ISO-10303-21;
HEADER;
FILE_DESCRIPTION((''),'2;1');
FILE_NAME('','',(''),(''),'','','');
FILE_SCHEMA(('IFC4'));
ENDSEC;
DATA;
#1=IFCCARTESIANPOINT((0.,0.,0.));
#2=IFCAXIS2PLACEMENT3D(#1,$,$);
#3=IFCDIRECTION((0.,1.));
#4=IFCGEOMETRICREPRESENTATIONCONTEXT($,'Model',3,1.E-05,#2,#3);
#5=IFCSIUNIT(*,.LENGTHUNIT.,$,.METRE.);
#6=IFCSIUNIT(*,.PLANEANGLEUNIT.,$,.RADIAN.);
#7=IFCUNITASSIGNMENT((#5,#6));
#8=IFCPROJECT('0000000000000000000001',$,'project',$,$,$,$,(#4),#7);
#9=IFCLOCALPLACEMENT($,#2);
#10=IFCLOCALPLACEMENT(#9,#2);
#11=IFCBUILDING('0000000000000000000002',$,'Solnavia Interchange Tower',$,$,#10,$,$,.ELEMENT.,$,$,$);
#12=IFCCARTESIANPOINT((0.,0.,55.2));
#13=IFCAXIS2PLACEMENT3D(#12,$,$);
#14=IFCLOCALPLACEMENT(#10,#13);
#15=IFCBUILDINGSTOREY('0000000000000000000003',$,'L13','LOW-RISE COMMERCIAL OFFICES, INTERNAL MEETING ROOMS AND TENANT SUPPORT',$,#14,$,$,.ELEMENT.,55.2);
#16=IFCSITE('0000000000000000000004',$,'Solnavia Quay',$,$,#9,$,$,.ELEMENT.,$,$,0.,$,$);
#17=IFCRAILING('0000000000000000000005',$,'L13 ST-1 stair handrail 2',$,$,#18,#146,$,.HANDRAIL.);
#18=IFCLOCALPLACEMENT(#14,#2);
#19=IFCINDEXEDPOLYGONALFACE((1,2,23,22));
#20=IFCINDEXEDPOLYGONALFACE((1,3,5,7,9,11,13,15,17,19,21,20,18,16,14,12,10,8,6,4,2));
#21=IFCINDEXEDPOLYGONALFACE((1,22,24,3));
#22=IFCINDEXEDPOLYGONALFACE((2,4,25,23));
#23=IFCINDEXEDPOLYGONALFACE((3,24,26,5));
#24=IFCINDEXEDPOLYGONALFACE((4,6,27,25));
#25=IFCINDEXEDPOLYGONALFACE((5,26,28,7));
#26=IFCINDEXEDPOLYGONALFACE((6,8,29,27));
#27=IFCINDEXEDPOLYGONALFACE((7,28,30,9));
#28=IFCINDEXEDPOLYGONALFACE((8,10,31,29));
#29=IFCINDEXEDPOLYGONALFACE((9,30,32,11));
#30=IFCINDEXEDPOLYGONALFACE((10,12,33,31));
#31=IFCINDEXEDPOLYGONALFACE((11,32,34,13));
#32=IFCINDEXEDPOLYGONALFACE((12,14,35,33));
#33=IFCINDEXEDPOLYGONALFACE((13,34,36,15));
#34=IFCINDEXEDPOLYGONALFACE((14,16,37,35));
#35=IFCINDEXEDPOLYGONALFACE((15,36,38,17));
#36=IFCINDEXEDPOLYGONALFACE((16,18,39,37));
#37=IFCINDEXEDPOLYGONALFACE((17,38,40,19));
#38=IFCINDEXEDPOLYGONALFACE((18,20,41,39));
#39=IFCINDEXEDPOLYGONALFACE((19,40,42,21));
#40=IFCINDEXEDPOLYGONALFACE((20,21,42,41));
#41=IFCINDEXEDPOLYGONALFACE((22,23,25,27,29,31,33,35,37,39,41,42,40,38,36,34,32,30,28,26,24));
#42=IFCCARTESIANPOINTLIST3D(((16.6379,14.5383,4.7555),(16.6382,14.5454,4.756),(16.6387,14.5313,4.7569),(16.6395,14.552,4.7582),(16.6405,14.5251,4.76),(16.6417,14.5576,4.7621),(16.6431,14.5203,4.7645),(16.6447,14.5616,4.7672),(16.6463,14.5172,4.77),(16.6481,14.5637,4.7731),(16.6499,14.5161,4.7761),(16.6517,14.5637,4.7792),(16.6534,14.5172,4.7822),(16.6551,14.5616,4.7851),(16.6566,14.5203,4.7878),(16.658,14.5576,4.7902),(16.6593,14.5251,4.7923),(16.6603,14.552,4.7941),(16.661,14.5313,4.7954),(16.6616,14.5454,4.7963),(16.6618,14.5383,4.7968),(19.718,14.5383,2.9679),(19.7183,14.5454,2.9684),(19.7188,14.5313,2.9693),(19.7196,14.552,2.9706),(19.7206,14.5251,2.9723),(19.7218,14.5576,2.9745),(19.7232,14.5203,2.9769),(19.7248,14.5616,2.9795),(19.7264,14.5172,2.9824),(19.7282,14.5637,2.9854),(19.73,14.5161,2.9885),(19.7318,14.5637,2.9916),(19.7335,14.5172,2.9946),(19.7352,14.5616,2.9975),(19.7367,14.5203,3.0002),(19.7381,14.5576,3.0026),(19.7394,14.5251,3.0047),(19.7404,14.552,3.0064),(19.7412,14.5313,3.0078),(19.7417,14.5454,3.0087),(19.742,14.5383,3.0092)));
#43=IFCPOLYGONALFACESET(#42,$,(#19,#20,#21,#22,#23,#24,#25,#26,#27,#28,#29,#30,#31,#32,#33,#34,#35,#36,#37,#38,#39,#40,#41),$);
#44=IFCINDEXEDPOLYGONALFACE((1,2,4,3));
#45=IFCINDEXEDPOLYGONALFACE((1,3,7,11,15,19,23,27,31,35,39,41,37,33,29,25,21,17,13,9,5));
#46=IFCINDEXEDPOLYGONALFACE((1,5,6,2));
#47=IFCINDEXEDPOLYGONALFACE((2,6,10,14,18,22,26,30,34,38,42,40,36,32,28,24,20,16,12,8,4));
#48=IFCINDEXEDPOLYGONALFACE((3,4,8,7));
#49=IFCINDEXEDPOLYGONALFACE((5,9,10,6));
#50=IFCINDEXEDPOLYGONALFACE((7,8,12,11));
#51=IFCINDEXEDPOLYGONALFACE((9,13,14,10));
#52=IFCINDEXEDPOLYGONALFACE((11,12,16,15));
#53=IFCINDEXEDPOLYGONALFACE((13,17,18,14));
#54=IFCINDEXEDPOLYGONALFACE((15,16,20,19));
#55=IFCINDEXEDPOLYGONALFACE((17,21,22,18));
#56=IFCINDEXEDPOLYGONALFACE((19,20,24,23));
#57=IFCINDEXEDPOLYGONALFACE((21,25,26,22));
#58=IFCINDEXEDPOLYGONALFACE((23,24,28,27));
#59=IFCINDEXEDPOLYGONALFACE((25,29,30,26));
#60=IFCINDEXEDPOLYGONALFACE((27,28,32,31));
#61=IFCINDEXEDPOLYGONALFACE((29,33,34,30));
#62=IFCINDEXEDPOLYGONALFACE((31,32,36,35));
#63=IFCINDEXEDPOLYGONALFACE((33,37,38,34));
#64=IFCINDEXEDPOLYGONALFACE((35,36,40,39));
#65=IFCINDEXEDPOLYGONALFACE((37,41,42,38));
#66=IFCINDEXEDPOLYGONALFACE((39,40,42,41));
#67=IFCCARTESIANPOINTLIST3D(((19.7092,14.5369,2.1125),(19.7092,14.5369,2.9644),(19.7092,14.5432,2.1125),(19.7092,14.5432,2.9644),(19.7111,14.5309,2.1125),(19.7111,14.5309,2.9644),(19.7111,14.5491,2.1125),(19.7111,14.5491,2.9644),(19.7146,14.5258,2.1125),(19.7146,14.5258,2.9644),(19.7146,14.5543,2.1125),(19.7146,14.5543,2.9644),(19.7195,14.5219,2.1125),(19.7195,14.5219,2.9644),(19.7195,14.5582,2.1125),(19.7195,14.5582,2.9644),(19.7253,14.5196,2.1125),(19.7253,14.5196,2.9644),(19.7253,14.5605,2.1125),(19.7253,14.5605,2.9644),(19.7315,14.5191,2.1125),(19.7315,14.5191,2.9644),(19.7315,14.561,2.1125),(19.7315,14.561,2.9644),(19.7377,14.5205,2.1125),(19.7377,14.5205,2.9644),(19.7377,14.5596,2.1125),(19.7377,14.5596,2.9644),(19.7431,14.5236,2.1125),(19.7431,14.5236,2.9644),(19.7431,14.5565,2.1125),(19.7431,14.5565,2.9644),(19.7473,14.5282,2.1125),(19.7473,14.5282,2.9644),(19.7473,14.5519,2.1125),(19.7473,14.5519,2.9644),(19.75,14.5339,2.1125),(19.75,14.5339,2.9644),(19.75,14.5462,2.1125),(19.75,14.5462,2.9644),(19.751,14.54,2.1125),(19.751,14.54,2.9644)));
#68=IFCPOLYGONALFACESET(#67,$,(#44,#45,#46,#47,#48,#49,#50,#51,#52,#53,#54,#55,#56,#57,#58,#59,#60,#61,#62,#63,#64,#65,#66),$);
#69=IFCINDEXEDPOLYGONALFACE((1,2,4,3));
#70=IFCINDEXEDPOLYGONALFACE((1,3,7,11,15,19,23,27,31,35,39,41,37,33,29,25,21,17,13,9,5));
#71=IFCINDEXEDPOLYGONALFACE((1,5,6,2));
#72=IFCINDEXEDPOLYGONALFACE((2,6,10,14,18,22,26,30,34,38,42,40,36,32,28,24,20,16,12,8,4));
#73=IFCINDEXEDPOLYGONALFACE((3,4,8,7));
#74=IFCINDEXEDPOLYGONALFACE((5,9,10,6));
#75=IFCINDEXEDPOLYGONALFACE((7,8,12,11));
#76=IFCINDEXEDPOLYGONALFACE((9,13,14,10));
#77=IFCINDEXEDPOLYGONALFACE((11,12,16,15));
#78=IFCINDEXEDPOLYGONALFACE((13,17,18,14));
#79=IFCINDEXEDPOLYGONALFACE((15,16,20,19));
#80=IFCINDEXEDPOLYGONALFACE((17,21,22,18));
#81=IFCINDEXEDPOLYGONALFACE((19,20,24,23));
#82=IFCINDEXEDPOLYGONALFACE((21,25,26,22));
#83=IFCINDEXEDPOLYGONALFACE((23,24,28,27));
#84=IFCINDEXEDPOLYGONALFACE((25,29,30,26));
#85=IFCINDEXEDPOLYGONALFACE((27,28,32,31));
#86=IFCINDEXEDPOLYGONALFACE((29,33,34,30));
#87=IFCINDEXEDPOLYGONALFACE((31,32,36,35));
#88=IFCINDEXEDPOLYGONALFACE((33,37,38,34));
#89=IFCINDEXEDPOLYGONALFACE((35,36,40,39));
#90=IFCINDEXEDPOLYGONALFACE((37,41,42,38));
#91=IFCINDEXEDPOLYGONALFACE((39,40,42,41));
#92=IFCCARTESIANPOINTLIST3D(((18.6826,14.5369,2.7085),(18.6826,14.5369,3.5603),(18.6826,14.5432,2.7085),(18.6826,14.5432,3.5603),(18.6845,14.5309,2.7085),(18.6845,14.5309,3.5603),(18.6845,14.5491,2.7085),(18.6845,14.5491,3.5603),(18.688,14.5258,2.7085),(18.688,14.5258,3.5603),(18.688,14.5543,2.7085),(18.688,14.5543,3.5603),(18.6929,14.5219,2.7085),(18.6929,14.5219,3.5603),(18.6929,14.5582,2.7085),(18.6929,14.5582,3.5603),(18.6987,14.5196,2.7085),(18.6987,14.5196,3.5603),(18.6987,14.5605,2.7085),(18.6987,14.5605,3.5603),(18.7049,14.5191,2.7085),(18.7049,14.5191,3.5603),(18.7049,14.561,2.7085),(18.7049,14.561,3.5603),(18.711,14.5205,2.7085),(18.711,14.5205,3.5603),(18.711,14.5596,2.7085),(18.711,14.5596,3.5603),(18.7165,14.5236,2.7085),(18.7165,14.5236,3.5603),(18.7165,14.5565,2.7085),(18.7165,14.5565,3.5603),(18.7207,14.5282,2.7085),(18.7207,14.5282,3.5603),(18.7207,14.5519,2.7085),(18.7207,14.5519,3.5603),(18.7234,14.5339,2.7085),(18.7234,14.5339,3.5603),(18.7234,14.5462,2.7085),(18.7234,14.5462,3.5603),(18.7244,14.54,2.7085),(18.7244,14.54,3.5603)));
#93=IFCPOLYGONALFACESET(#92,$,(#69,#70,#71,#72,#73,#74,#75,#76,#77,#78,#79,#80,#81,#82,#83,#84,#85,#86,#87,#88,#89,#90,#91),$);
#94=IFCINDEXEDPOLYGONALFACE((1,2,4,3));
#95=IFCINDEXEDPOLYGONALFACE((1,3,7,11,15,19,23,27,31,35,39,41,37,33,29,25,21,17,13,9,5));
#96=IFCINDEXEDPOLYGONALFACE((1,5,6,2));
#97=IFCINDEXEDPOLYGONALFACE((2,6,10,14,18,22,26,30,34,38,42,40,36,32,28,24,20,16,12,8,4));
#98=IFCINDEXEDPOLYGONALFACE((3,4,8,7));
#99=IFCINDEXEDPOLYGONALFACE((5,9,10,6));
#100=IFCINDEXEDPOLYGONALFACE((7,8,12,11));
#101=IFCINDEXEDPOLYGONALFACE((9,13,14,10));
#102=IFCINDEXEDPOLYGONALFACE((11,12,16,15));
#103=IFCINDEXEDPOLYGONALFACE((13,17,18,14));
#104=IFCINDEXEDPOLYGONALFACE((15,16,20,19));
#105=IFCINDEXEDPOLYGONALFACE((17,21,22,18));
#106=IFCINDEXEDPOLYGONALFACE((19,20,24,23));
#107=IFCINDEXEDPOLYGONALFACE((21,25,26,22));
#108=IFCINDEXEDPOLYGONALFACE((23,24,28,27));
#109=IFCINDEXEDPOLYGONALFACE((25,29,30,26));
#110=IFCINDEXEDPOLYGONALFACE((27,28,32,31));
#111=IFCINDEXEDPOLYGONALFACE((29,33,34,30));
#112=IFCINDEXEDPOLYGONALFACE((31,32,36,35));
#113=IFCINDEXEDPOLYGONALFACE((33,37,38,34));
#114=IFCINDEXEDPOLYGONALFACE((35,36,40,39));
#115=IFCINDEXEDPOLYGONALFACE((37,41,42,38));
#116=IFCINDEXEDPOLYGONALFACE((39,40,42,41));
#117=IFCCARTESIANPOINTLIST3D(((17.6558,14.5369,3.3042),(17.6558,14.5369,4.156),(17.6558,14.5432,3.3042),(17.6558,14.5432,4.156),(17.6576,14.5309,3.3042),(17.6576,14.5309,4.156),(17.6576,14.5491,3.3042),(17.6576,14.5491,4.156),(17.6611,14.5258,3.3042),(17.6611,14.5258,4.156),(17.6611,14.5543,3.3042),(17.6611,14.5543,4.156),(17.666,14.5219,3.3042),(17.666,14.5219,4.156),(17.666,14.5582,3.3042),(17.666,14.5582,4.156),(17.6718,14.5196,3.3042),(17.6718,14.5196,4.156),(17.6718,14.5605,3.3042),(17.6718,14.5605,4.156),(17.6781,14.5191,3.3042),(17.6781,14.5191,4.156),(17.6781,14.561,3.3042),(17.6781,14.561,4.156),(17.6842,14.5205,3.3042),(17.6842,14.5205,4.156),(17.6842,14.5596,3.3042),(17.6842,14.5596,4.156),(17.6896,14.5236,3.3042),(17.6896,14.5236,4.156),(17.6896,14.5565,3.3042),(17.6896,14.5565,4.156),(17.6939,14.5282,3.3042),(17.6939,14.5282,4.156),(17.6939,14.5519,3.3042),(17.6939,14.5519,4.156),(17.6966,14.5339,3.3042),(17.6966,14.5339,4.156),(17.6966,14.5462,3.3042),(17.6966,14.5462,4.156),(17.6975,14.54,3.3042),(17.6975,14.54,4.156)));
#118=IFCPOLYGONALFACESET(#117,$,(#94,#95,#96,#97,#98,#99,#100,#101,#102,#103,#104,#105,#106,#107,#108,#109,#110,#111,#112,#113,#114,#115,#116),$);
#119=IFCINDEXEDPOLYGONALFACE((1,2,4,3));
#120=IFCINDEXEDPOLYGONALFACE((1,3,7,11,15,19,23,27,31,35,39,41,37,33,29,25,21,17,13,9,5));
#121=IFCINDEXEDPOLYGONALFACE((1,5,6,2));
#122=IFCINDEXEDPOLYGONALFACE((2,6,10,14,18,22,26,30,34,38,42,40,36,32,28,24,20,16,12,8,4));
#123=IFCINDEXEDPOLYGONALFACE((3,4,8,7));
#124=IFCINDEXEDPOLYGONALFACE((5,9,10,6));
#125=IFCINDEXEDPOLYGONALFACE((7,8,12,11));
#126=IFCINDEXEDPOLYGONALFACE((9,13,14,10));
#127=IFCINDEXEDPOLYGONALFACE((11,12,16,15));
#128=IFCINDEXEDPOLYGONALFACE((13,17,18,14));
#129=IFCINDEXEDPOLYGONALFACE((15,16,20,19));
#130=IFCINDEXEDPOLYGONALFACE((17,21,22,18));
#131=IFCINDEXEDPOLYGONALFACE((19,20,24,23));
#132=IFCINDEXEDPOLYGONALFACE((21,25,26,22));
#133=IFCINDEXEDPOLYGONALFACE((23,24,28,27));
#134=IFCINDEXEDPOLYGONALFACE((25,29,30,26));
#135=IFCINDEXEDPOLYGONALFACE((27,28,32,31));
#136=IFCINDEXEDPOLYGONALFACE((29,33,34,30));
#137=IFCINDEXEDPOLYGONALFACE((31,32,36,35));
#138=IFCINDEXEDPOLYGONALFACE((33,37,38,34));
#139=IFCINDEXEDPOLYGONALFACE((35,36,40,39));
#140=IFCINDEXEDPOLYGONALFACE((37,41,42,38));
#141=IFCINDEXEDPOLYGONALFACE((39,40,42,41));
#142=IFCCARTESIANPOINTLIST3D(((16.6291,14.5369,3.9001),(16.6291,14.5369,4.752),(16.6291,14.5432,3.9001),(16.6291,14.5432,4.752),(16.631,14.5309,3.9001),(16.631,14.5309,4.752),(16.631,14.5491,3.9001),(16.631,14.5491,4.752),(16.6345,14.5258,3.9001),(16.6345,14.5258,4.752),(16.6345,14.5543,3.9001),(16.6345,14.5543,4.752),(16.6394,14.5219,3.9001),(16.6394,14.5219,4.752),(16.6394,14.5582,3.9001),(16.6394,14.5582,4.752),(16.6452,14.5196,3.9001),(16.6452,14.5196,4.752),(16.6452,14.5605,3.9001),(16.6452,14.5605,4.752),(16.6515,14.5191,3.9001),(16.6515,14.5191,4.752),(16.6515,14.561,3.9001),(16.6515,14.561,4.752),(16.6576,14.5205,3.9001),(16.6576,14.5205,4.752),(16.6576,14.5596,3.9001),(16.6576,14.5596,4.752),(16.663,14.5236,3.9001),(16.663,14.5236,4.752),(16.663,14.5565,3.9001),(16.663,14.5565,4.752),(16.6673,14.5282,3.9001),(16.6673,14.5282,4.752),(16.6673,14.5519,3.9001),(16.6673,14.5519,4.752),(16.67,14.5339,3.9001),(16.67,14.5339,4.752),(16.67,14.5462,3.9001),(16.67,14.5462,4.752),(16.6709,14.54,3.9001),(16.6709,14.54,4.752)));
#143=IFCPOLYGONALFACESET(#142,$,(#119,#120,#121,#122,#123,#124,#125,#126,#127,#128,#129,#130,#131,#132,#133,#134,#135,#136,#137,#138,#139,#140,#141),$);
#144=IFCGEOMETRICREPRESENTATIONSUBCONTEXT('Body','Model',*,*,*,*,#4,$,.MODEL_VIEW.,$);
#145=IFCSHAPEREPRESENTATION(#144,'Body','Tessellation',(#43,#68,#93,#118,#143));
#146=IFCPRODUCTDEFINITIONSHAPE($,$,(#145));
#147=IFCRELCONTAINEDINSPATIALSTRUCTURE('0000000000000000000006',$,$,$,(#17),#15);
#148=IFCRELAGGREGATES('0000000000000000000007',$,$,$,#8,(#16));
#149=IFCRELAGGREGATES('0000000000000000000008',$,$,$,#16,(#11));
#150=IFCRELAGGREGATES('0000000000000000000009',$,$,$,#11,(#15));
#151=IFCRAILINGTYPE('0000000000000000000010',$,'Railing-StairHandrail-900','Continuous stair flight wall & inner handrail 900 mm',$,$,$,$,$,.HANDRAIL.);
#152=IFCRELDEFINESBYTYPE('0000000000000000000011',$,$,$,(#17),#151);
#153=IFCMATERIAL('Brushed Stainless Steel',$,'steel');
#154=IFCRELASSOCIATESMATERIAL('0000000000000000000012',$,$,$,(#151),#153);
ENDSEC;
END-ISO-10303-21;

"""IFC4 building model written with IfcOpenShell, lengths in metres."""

from ifc_helpers import new_model, si_unit, direction, frame, origin, origin_2d, place, context, subcontext, project, spatial, circle, extrude, material, type_object, element, save


model = new_model("IFC4")

# Units and contexts
model_context = context("Model", 3, precision=1e-05, world=origin(), true_north=direction((0.0, 1.0)))
body_context = subcontext(model_context, "Body", "Model", "MODEL_VIEW")
ifc_project = project(units=[si_unit("LENGTHUNIT", "METRE"), si_unit("PLANEANGLEUNIT", "RADIAN")], contexts=[model_context])

# Site, building, storey
site_placement = place(None, origin())
site = spatial("IfcSite", under=ifc_project, at=site_placement, Name="Solnavia Quay", CompositionType="ELEMENT", RefElevation=0.0)
building_placement = place(site_placement, origin())
building = spatial("IfcBuilding", under=site, at=building_placement, Name="Solnavia Interchange Tower", CompositionType="ELEMENT")
storey_placement = place(building_placement, frame((0.0, 0.0, 55.2)))
storey = spatial("IfcBuildingStorey", under=building, at=storey_placement, Name="L13", Description="LOW-RISE COMMERCIAL OFFICES, INTERNAL MEETING ROOMS AND TENANT SUPPORT", CompositionType="ELEMENT", Elevation=55.2)

# Railing
ifc_material_1 = material(Name="Brushed Stainless Steel", Category="steel")
railing_type_1 = type_object("IfcRailingType", Name="Railing-StairHandrail-900", Description="Continuous stair flight wall & inner handrail 900 mm", PredefinedType="HANDRAIL", material=ifc_material_1)
railing_1_placement = place(storey_placement, frame((19.73, 14.54, 2.1125)))
element("IfcRailing", 1, at=railing_1_placement, inside=storey, type_object=railing_type_1, Name="L13 ST-1 stair handrail 2", PredefinedType="HANDRAIL", context=body_context, shape_type="SweptSolid", body=[
    extrude(circle(Radius=0.0239, at=origin_2d()), frame((0.0, 0.0, 0.876), z_axis=(-0.864891, 0.0, 0.50196), x_axis=(0.0, -1.0, 0.0)), (0.0, 0.0, 1.0), 3.5613),
    extrude(circle(Radius=0.021, at=origin_2d()), origin(), (0.0, 0.0, 1.0), 0.8518),
    extrude(circle(Radius=0.021, at=origin_2d()), frame((-1.0266, 0.0, 0.5959)), (0.0, 0.0, 1.0), 0.8518),
    extrude(circle(Radius=0.021, at=origin_2d()), frame((-2.0535, 0.0, 1.1917)), (0.0, 0.0, 1.0), 0.8518),
    extrude(circle(Radius=0.021, at=origin_2d()), frame((-3.0801, 0.0, 1.7876)), (0.0, 0.0, 1.0), 0.8518),
])

save(model, "model.ifc")
